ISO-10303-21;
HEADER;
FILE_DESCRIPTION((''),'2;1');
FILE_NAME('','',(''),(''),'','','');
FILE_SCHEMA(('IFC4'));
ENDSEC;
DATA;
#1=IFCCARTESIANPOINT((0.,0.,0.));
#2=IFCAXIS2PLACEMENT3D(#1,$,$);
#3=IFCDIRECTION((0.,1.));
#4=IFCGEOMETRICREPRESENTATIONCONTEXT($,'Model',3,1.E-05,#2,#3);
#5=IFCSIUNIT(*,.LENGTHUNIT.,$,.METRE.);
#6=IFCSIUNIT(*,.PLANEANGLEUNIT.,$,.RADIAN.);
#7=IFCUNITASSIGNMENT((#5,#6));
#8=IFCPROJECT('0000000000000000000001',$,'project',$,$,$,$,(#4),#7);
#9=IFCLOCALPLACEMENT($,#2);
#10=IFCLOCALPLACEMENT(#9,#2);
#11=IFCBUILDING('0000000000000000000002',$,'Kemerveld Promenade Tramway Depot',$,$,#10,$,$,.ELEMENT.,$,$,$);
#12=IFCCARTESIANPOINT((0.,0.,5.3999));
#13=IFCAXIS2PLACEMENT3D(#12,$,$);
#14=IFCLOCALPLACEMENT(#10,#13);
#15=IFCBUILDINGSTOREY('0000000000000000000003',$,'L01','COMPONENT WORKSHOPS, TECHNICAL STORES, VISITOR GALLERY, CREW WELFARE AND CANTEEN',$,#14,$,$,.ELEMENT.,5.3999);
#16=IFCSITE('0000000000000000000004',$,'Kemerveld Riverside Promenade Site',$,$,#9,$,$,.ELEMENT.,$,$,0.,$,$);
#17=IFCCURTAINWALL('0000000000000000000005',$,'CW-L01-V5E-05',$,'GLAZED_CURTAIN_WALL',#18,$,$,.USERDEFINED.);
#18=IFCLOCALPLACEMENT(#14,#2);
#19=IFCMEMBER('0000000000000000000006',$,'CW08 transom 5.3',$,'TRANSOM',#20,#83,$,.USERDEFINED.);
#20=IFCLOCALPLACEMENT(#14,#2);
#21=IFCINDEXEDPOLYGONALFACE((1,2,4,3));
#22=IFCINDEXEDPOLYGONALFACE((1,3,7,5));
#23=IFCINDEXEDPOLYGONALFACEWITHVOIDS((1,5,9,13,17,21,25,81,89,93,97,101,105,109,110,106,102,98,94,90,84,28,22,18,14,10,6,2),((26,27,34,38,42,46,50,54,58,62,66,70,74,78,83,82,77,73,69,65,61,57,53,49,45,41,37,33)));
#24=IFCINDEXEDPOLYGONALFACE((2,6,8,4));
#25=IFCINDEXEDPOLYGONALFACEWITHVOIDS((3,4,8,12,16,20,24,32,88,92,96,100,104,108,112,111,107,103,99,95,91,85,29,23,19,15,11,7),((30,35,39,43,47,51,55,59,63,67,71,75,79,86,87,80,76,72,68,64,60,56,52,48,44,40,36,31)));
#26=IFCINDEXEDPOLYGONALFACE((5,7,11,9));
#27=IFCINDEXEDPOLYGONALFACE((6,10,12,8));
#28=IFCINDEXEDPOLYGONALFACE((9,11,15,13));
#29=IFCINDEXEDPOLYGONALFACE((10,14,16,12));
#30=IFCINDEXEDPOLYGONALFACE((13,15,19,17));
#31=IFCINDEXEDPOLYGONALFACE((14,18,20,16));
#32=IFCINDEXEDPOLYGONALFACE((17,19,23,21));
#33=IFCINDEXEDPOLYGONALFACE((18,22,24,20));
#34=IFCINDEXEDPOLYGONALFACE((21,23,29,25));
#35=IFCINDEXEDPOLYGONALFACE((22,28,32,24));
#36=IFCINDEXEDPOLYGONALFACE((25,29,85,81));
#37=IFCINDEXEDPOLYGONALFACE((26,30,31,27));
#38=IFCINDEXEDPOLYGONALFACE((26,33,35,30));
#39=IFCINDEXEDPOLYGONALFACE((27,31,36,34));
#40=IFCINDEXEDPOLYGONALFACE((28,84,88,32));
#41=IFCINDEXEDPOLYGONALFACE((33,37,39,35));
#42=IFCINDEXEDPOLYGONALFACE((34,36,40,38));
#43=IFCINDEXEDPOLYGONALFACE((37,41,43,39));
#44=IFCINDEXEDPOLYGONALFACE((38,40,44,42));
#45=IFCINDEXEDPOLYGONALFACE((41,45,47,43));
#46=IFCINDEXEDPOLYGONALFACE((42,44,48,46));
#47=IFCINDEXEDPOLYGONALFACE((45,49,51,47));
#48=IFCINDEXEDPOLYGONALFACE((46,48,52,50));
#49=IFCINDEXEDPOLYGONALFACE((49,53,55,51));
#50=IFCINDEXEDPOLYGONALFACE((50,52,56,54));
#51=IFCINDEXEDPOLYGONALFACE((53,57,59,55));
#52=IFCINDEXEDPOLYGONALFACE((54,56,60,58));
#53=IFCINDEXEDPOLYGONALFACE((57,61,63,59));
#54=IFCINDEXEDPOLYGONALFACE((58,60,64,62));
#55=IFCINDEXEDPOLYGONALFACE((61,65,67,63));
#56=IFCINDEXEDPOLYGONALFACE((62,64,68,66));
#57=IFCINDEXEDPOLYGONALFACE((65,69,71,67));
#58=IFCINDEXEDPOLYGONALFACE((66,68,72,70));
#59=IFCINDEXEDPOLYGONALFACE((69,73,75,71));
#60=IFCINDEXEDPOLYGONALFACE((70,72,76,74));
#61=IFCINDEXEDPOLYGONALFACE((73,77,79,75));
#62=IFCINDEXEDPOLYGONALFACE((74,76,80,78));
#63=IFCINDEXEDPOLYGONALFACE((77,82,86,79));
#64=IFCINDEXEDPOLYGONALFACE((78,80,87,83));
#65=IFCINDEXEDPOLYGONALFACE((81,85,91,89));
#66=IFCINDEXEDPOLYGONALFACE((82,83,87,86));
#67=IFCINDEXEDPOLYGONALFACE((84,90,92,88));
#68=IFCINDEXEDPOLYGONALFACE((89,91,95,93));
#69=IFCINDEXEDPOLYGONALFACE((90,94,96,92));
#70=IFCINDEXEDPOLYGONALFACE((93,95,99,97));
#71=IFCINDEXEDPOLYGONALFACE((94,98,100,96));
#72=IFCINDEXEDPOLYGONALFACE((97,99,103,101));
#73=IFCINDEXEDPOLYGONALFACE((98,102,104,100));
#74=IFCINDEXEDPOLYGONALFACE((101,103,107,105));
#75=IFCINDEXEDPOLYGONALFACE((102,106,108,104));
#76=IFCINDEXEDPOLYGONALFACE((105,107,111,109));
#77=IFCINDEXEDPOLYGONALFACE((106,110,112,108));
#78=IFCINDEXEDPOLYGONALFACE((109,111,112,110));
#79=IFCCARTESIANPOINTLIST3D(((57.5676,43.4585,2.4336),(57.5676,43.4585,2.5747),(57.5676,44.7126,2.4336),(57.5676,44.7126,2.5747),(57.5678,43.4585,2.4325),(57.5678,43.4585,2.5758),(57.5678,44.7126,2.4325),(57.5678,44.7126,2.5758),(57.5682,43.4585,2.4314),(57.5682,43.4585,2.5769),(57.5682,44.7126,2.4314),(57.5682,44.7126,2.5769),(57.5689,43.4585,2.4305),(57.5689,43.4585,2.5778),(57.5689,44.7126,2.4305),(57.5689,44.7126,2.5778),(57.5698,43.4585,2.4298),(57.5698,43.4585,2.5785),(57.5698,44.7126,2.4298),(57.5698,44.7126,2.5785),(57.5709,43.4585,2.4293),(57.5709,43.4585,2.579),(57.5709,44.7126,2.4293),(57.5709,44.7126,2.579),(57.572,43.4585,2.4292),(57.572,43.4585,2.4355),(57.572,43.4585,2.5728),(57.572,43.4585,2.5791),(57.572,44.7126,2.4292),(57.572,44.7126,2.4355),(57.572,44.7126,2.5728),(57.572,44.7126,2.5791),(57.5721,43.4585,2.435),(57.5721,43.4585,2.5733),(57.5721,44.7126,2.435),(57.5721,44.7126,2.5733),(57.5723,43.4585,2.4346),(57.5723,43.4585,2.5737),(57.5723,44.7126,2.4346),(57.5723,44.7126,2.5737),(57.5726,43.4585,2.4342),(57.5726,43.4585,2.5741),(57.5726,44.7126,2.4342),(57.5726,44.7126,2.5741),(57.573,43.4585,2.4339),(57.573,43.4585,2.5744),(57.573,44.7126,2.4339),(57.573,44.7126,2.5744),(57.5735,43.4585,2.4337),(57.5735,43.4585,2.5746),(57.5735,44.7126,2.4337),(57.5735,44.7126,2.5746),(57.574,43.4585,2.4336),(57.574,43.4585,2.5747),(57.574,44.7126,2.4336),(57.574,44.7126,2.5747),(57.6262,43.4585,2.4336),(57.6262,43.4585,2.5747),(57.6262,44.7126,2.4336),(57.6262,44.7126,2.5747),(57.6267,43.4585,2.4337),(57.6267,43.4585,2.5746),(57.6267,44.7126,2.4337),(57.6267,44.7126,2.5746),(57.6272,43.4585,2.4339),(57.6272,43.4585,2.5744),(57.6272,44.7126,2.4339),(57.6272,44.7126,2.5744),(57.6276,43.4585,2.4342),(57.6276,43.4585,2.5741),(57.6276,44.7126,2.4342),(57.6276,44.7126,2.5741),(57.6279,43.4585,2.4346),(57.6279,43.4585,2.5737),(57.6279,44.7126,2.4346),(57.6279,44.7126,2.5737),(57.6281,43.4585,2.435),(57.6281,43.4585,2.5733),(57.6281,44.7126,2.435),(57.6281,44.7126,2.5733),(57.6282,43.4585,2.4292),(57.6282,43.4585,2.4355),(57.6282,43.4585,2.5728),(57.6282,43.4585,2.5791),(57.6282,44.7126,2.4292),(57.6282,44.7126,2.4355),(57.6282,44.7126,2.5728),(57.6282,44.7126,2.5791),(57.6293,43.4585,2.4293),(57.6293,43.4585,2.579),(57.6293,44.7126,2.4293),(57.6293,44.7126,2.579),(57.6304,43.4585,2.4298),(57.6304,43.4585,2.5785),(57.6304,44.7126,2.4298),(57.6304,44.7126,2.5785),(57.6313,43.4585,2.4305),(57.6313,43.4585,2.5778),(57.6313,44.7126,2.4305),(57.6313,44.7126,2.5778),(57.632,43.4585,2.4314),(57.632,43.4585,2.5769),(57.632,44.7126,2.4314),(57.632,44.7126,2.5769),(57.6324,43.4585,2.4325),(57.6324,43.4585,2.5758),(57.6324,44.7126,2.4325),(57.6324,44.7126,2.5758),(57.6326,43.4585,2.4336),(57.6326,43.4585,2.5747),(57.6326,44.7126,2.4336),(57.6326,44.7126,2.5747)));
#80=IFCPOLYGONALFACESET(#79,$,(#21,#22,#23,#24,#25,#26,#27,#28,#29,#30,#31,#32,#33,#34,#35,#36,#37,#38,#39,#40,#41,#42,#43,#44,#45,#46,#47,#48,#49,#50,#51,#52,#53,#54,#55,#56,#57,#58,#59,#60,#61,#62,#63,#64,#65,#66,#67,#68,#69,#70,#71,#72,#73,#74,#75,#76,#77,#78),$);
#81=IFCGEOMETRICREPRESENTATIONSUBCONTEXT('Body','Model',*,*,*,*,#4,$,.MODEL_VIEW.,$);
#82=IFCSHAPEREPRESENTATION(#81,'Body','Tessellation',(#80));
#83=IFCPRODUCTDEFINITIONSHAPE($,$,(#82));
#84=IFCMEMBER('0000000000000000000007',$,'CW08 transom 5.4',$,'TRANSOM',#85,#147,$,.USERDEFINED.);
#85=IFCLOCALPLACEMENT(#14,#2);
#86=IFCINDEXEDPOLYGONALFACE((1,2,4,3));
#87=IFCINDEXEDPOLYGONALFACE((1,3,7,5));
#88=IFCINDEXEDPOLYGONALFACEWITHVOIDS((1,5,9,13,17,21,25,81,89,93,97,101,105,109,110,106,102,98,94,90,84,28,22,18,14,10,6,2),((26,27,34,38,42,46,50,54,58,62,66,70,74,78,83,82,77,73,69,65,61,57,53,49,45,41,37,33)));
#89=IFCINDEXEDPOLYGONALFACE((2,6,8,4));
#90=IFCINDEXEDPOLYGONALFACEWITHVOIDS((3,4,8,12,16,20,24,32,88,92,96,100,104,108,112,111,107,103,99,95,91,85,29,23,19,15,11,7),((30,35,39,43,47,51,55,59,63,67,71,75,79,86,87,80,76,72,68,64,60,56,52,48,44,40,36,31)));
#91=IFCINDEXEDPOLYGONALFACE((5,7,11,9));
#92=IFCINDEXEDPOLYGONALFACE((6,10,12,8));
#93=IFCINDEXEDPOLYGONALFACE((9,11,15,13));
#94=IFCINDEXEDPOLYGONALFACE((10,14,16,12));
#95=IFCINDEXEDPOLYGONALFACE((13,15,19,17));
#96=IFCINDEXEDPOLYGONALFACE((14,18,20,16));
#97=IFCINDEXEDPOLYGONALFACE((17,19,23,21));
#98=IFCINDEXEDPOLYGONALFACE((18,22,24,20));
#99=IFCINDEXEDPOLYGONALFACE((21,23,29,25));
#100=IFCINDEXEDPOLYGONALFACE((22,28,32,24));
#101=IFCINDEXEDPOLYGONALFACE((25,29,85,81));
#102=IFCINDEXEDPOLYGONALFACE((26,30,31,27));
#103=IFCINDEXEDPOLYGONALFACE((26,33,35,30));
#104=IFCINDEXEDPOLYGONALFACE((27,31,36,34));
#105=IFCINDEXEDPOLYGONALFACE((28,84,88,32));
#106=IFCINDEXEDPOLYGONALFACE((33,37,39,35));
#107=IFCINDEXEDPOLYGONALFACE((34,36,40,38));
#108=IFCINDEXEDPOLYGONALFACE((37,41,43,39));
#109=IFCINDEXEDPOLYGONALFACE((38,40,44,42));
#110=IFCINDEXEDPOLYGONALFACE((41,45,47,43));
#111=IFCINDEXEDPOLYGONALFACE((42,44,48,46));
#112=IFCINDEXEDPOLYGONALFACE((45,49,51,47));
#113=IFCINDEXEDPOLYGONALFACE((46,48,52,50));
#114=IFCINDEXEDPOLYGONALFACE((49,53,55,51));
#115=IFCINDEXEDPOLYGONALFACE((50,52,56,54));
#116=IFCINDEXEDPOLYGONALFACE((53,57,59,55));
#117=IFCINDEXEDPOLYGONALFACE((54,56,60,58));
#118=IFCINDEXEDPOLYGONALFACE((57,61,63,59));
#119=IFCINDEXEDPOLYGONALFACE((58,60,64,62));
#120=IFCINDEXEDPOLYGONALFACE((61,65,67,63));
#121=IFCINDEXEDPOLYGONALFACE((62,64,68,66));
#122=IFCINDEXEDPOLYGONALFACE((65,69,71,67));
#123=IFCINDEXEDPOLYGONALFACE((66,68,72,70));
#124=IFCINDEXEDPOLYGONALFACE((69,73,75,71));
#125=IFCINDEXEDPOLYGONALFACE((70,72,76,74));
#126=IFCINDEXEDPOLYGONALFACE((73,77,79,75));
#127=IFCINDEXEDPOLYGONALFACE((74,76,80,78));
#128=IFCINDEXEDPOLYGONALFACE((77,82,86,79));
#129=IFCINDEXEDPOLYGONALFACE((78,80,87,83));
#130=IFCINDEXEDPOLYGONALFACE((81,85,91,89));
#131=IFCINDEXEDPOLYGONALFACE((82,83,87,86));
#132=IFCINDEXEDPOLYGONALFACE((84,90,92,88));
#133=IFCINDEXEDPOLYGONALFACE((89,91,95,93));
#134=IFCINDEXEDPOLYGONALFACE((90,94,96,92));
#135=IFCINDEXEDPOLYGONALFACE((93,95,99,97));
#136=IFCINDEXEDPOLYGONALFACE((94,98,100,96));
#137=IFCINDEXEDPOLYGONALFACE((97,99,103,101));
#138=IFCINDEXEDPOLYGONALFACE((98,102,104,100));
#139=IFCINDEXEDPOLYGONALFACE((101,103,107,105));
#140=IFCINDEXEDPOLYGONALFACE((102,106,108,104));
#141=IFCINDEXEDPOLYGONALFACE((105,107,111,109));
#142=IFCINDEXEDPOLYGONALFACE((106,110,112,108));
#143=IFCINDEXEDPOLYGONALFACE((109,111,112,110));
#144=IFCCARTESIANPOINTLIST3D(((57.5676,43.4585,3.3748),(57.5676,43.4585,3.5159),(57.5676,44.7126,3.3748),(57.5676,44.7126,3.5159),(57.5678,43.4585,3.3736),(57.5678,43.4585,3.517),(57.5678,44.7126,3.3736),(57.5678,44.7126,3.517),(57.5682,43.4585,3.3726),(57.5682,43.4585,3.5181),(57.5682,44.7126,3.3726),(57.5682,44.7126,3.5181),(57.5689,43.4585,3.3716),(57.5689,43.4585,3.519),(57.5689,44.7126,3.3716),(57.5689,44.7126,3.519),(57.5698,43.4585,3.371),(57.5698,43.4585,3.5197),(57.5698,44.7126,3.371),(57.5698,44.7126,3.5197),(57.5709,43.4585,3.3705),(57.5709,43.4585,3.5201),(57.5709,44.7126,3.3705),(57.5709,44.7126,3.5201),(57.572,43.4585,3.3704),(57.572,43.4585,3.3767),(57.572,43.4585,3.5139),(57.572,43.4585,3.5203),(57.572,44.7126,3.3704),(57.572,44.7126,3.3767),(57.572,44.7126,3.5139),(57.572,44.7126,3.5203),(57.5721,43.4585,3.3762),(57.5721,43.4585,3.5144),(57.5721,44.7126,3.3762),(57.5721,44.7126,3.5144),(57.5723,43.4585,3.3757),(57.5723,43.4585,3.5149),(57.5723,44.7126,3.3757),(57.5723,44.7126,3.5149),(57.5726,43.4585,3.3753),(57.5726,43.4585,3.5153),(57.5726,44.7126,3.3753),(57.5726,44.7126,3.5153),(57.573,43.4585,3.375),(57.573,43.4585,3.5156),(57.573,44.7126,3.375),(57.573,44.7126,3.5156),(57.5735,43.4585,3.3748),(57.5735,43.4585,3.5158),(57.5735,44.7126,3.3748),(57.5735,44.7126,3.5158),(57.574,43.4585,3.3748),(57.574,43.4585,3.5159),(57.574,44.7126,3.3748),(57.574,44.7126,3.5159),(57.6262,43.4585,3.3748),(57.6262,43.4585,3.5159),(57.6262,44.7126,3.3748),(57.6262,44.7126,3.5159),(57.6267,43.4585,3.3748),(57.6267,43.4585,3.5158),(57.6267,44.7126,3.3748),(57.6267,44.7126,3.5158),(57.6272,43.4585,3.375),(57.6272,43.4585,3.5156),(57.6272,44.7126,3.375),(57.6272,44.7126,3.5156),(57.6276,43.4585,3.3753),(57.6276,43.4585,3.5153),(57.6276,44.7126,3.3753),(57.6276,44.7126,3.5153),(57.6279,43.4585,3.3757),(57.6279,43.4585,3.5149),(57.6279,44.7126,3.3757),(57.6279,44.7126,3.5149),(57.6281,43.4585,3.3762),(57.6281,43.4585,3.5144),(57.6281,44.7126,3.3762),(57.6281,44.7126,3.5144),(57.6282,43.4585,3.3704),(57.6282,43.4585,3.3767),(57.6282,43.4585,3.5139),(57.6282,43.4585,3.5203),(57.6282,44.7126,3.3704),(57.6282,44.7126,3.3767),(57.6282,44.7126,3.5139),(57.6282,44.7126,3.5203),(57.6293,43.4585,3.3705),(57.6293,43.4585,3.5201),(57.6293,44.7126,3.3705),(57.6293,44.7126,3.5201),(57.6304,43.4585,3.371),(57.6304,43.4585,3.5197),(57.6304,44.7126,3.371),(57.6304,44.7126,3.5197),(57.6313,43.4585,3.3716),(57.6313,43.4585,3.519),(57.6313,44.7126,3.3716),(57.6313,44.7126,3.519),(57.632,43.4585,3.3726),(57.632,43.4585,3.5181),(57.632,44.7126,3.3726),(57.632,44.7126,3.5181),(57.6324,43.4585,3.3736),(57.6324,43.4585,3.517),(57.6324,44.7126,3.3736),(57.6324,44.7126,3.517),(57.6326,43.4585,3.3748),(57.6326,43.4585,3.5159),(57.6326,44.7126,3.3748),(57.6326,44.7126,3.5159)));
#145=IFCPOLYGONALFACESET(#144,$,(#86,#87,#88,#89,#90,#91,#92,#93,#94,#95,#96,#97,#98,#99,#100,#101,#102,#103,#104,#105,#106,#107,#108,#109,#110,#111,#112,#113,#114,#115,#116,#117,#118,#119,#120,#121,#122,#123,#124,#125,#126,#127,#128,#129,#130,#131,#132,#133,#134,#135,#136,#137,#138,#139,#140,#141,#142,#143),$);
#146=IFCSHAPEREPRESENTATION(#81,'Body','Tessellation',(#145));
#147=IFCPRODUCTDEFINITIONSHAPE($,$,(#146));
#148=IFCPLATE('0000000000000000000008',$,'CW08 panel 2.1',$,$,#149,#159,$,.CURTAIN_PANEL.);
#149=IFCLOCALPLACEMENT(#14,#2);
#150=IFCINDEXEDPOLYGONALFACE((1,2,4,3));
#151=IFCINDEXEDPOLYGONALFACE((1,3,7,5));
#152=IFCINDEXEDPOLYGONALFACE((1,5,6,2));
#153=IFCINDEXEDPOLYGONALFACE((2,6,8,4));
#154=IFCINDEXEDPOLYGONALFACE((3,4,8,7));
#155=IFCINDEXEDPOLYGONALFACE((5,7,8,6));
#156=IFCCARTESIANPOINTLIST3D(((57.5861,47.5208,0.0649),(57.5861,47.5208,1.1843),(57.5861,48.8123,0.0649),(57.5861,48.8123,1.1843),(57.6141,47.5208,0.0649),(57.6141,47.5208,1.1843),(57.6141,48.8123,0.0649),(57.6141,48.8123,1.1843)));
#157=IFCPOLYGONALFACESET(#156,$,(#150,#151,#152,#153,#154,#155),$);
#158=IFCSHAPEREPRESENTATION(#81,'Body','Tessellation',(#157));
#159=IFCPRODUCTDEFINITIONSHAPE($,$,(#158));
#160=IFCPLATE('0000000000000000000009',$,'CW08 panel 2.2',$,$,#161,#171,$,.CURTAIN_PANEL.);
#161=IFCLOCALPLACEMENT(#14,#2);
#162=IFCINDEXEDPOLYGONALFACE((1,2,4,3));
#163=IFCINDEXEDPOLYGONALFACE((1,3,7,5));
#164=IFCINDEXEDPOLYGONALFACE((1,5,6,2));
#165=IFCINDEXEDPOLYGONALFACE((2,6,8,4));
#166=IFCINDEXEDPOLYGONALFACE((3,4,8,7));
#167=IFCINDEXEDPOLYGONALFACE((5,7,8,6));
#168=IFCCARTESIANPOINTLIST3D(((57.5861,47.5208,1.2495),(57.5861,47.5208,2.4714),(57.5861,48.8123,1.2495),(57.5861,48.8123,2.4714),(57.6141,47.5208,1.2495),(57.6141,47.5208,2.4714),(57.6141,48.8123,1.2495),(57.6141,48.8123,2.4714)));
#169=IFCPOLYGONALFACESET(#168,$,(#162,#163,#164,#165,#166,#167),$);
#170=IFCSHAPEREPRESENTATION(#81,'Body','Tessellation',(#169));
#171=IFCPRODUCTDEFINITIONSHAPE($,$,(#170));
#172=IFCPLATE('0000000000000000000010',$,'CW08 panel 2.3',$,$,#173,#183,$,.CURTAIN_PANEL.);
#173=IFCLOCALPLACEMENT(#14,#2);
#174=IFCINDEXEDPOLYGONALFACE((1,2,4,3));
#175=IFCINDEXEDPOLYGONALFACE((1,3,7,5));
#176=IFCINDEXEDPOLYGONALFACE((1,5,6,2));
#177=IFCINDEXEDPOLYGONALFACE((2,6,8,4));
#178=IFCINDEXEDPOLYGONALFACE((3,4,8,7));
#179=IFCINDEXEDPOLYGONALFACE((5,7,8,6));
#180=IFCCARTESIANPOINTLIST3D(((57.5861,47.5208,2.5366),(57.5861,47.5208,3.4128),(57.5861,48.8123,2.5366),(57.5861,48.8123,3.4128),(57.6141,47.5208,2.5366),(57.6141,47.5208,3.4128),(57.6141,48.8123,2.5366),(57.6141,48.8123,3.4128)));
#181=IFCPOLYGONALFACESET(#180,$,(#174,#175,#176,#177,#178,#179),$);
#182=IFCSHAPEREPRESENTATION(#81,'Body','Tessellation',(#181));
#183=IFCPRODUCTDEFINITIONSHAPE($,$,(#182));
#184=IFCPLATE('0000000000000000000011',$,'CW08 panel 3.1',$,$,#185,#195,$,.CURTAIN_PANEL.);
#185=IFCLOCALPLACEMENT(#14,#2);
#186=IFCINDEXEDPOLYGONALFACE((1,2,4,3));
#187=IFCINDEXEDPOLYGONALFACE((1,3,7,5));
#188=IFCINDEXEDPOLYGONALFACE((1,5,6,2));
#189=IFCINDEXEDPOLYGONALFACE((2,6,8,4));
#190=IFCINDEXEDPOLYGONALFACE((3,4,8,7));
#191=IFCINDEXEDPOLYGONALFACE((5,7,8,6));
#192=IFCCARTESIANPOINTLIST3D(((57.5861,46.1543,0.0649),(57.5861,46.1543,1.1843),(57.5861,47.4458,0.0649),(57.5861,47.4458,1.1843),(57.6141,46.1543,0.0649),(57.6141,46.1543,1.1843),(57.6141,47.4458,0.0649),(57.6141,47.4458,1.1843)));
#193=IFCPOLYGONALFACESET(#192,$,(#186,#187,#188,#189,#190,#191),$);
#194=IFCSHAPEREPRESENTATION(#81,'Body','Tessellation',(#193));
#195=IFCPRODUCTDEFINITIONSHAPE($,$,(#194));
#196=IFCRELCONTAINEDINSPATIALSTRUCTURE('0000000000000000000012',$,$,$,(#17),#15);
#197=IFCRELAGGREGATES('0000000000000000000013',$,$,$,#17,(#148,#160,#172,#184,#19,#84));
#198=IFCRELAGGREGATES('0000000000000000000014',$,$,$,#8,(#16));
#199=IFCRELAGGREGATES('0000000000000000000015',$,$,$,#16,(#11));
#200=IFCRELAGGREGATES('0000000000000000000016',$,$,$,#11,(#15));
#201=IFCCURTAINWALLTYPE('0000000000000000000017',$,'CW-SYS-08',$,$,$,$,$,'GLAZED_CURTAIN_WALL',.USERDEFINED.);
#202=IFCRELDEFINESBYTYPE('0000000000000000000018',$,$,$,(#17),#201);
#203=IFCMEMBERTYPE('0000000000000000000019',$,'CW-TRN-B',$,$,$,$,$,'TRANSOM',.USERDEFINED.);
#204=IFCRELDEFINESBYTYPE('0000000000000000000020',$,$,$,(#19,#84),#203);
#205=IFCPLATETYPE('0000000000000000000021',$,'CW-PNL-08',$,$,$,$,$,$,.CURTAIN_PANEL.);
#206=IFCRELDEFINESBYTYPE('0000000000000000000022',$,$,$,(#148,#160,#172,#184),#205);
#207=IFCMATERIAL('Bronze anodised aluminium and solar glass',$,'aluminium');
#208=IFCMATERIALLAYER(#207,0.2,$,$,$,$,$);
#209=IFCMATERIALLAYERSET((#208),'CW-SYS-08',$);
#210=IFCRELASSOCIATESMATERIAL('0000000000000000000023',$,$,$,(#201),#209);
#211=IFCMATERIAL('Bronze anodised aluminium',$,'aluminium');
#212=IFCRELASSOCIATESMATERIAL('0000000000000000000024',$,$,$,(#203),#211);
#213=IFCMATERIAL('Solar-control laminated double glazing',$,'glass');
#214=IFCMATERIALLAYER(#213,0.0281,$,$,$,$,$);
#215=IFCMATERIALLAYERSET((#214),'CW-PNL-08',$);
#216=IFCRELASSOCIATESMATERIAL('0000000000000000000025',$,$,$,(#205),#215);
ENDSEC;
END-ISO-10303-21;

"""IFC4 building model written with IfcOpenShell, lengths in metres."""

from ifc_helpers import new_model, si_unit, direction, frame, origin, origin_2d, place, context, subcontext, project, spatial, rectangle, hollow_rectangle, extrude, material, layer, layer_set, material_profile, profile_set, type_object, element, aggregate, save


model = new_model("IFC4")

# Units and contexts
model_context = context("Model", 3, precision=1e-05, world=origin(), true_north=direction((0.0, 1.0)))
body_context = subcontext(model_context, "Body", "Model", "MODEL_VIEW")
ifc_project = project(units=[si_unit("LENGTHUNIT", "METRE"), si_unit("PLANEANGLEUNIT", "RADIAN")], contexts=[model_context])

# Site, building, storey
site_placement = place(None, origin())
site = spatial("IfcSite", under=ifc_project, at=site_placement, Name="Kemerveld Riverside Promenade Site", CompositionType="ELEMENT", RefElevation=0.0)
building_placement = place(site_placement, origin())
building = spatial("IfcBuilding", under=site, at=building_placement, Name="Kemerveld Promenade Tramway Depot", CompositionType="ELEMENT")
storey_placement = place(building_placement, frame((0.0, 0.0, 5.3999)))
storey = spatial("IfcBuildingStorey", under=building, at=storey_placement, Name="L01", Description="COMPONENT WORKSHOPS, TECHNICAL STORES, VISITOR GALLERY, CREW WELFARE AND CANTEEN", CompositionType="ELEMENT", Elevation=5.3999)

# Curtain wall, members, plates
ifc_material_1 = material(Name="Bronze anodised aluminium and solar glass", Category="aluminium")
ifc_layer_1 = layer(ifc_material_1, 0.2)
ifc_layer_set_1 = layer_set([ifc_layer_1], Name="CW-SYS-08")
curtain_wall_type = type_object("IfcCurtainWallType", Name="CW-SYS-08", ElementType="GLAZED_CURTAIN_WALL", PredefinedType="USERDEFINED", material=ifc_layer_set_1)
curtain_wall_placement = place(storey_placement, origin())
curtain_wall = element("IfcCurtainWall", 1, at=curtain_wall_placement, inside=storey, type_object=curtain_wall_type, Name="CW-L01-V5E-05", ObjectType="GLAZED_CURTAIN_WALL", PredefinedType="USERDEFINED")
ifc_material_2 = material(Name="Bronze anodised aluminium", Category="aluminium")
ifc_material_profile_1 = material_profile(ifc_material_2, hollow_rectangle(XDim=0.0649, YDim=0.1499, WallThickness=0.0044, InnerFilletRadius=0.002, OuterFilletRadius=0.0044, at=origin_2d()), Name="CW-TRN-150x65")
ifc_profile_set_1 = profile_set([ifc_material_profile_1], Name="Bronze anodised aluminium")
member_type_1 = type_object("IfcMemberType", Name="CW-TRN-B", ElementType="TRANSOM", PredefinedType="USERDEFINED", material=ifc_profile_set_1)
member_1_placement = place(storey_placement, frame((57.6001, 44.7126, 2.5042), z_axis=(0.0, -1.0, 0.0), x_axis=(1.0, 0.0, 0.0)))
member_1 = element("IfcMember", 2, at=member_1_placement, type_object=member_type_1, Name="CW08 transom 5.3", ObjectType="TRANSOM", PredefinedType="USERDEFINED", context=body_context, shape_type="SweptSolid", body=[
    extrude(hollow_rectangle(XDim=0.0649, YDim=0.1499, WallThickness=0.0044, InnerFilletRadius=0.002, OuterFilletRadius=0.0044, at=origin_2d()), origin(), (0.0, 0.0, 1.0), 1.2542),
])
member_2_placement = place(storey_placement, frame((57.6001, 44.7126, 3.4453), z_axis=(0.0, -1.0, 0.0), x_axis=(1.0, 0.0, 0.0)))
member_2 = element("IfcMember", 3, at=member_2_placement, type_object=member_type_1, Name="CW08 transom 5.4", ObjectType="TRANSOM", PredefinedType="USERDEFINED", context=body_context, shape_type="SweptSolid", body=[
    extrude(hollow_rectangle(XDim=0.0649, YDim=0.1499, WallThickness=0.0044, InnerFilletRadius=0.002, OuterFilletRadius=0.0044, at=origin_2d()), origin(), (0.0, 0.0, 1.0), 1.2542),
])
ifc_material_3 = material(Name="Solar-control laminated double glazing", Category="glass")
ifc_layer_2 = layer(ifc_material_3, 0.0281)
ifc_layer_set_2 = layer_set([ifc_layer_2], Name="CW-PNL-08")
plate_type = type_object("IfcPlateType", Name="CW-PNL-08", PredefinedType="CURTAIN_PANEL", material=ifc_layer_set_2)
plate_1_placement = place(storey_placement, frame((57.6001, 48.1665, 0.0649), z_axis=(0.0, 0.0, 1.0), x_axis=(0.0, -1.0, 0.0)))
plate_1 = element("IfcPlate", 4, at=plate_1_placement, type_object=plate_type, Name="CW08 panel 2.1", PredefinedType="CURTAIN_PANEL", context=body_context, shape_type="SweptSolid", body=[
    extrude(rectangle(XDim=1.2915, YDim=0.0281, at=origin_2d()), origin(), (0.0, 0.0, 1.0), 1.1194),
])
plate_2_placement = place(storey_placement, frame((57.6001, 48.1665, 1.2495), z_axis=(0.0, 0.0, 1.0), x_axis=(0.0, -1.0, 0.0)))
plate_2 = element("IfcPlate", 5, at=plate_2_placement, type_object=plate_type, Name="CW08 panel 2.2", PredefinedType="CURTAIN_PANEL", context=body_context, shape_type="SweptSolid", body=[
    extrude(rectangle(XDim=1.2915, YDim=0.0281, at=origin_2d()), origin(), (0.0, 0.0, 1.0), 1.2219),
])
plate_3_placement = place(storey_placement, frame((57.6001, 48.1665, 2.5366), z_axis=(0.0, 0.0, 1.0), x_axis=(0.0, -1.0, 0.0)))
plate_3 = element("IfcPlate", 6, at=plate_3_placement, type_object=plate_type, Name="CW08 panel 2.3", PredefinedType="CURTAIN_PANEL", context=body_context, shape_type="SweptSolid", body=[
    extrude(rectangle(XDim=1.2915, YDim=0.0281, at=origin_2d()), origin(), (0.0, 0.0, 1.0), 0.8762),
])
plate_4_placement = place(storey_placement, frame((57.6001, 46.8, 0.0649), z_axis=(0.0, 0.0, 1.0), x_axis=(0.0, -1.0, 0.0)))
plate_4 = element("IfcPlate", 7, at=plate_4_placement, type_object=plate_type, Name="CW08 panel 3.1", PredefinedType="CURTAIN_PANEL", context=body_context, shape_type="SweptSolid", body=[
    extrude(rectangle(XDim=1.2915, YDim=0.0281, at=origin_2d()), origin(), (0.0, 0.0, 1.0), 1.1194),
])
aggregate(curtain_wall, [plate_1, plate_2, plate_3, plate_4, member_1, member_2])

save(model, "model.ifc")
